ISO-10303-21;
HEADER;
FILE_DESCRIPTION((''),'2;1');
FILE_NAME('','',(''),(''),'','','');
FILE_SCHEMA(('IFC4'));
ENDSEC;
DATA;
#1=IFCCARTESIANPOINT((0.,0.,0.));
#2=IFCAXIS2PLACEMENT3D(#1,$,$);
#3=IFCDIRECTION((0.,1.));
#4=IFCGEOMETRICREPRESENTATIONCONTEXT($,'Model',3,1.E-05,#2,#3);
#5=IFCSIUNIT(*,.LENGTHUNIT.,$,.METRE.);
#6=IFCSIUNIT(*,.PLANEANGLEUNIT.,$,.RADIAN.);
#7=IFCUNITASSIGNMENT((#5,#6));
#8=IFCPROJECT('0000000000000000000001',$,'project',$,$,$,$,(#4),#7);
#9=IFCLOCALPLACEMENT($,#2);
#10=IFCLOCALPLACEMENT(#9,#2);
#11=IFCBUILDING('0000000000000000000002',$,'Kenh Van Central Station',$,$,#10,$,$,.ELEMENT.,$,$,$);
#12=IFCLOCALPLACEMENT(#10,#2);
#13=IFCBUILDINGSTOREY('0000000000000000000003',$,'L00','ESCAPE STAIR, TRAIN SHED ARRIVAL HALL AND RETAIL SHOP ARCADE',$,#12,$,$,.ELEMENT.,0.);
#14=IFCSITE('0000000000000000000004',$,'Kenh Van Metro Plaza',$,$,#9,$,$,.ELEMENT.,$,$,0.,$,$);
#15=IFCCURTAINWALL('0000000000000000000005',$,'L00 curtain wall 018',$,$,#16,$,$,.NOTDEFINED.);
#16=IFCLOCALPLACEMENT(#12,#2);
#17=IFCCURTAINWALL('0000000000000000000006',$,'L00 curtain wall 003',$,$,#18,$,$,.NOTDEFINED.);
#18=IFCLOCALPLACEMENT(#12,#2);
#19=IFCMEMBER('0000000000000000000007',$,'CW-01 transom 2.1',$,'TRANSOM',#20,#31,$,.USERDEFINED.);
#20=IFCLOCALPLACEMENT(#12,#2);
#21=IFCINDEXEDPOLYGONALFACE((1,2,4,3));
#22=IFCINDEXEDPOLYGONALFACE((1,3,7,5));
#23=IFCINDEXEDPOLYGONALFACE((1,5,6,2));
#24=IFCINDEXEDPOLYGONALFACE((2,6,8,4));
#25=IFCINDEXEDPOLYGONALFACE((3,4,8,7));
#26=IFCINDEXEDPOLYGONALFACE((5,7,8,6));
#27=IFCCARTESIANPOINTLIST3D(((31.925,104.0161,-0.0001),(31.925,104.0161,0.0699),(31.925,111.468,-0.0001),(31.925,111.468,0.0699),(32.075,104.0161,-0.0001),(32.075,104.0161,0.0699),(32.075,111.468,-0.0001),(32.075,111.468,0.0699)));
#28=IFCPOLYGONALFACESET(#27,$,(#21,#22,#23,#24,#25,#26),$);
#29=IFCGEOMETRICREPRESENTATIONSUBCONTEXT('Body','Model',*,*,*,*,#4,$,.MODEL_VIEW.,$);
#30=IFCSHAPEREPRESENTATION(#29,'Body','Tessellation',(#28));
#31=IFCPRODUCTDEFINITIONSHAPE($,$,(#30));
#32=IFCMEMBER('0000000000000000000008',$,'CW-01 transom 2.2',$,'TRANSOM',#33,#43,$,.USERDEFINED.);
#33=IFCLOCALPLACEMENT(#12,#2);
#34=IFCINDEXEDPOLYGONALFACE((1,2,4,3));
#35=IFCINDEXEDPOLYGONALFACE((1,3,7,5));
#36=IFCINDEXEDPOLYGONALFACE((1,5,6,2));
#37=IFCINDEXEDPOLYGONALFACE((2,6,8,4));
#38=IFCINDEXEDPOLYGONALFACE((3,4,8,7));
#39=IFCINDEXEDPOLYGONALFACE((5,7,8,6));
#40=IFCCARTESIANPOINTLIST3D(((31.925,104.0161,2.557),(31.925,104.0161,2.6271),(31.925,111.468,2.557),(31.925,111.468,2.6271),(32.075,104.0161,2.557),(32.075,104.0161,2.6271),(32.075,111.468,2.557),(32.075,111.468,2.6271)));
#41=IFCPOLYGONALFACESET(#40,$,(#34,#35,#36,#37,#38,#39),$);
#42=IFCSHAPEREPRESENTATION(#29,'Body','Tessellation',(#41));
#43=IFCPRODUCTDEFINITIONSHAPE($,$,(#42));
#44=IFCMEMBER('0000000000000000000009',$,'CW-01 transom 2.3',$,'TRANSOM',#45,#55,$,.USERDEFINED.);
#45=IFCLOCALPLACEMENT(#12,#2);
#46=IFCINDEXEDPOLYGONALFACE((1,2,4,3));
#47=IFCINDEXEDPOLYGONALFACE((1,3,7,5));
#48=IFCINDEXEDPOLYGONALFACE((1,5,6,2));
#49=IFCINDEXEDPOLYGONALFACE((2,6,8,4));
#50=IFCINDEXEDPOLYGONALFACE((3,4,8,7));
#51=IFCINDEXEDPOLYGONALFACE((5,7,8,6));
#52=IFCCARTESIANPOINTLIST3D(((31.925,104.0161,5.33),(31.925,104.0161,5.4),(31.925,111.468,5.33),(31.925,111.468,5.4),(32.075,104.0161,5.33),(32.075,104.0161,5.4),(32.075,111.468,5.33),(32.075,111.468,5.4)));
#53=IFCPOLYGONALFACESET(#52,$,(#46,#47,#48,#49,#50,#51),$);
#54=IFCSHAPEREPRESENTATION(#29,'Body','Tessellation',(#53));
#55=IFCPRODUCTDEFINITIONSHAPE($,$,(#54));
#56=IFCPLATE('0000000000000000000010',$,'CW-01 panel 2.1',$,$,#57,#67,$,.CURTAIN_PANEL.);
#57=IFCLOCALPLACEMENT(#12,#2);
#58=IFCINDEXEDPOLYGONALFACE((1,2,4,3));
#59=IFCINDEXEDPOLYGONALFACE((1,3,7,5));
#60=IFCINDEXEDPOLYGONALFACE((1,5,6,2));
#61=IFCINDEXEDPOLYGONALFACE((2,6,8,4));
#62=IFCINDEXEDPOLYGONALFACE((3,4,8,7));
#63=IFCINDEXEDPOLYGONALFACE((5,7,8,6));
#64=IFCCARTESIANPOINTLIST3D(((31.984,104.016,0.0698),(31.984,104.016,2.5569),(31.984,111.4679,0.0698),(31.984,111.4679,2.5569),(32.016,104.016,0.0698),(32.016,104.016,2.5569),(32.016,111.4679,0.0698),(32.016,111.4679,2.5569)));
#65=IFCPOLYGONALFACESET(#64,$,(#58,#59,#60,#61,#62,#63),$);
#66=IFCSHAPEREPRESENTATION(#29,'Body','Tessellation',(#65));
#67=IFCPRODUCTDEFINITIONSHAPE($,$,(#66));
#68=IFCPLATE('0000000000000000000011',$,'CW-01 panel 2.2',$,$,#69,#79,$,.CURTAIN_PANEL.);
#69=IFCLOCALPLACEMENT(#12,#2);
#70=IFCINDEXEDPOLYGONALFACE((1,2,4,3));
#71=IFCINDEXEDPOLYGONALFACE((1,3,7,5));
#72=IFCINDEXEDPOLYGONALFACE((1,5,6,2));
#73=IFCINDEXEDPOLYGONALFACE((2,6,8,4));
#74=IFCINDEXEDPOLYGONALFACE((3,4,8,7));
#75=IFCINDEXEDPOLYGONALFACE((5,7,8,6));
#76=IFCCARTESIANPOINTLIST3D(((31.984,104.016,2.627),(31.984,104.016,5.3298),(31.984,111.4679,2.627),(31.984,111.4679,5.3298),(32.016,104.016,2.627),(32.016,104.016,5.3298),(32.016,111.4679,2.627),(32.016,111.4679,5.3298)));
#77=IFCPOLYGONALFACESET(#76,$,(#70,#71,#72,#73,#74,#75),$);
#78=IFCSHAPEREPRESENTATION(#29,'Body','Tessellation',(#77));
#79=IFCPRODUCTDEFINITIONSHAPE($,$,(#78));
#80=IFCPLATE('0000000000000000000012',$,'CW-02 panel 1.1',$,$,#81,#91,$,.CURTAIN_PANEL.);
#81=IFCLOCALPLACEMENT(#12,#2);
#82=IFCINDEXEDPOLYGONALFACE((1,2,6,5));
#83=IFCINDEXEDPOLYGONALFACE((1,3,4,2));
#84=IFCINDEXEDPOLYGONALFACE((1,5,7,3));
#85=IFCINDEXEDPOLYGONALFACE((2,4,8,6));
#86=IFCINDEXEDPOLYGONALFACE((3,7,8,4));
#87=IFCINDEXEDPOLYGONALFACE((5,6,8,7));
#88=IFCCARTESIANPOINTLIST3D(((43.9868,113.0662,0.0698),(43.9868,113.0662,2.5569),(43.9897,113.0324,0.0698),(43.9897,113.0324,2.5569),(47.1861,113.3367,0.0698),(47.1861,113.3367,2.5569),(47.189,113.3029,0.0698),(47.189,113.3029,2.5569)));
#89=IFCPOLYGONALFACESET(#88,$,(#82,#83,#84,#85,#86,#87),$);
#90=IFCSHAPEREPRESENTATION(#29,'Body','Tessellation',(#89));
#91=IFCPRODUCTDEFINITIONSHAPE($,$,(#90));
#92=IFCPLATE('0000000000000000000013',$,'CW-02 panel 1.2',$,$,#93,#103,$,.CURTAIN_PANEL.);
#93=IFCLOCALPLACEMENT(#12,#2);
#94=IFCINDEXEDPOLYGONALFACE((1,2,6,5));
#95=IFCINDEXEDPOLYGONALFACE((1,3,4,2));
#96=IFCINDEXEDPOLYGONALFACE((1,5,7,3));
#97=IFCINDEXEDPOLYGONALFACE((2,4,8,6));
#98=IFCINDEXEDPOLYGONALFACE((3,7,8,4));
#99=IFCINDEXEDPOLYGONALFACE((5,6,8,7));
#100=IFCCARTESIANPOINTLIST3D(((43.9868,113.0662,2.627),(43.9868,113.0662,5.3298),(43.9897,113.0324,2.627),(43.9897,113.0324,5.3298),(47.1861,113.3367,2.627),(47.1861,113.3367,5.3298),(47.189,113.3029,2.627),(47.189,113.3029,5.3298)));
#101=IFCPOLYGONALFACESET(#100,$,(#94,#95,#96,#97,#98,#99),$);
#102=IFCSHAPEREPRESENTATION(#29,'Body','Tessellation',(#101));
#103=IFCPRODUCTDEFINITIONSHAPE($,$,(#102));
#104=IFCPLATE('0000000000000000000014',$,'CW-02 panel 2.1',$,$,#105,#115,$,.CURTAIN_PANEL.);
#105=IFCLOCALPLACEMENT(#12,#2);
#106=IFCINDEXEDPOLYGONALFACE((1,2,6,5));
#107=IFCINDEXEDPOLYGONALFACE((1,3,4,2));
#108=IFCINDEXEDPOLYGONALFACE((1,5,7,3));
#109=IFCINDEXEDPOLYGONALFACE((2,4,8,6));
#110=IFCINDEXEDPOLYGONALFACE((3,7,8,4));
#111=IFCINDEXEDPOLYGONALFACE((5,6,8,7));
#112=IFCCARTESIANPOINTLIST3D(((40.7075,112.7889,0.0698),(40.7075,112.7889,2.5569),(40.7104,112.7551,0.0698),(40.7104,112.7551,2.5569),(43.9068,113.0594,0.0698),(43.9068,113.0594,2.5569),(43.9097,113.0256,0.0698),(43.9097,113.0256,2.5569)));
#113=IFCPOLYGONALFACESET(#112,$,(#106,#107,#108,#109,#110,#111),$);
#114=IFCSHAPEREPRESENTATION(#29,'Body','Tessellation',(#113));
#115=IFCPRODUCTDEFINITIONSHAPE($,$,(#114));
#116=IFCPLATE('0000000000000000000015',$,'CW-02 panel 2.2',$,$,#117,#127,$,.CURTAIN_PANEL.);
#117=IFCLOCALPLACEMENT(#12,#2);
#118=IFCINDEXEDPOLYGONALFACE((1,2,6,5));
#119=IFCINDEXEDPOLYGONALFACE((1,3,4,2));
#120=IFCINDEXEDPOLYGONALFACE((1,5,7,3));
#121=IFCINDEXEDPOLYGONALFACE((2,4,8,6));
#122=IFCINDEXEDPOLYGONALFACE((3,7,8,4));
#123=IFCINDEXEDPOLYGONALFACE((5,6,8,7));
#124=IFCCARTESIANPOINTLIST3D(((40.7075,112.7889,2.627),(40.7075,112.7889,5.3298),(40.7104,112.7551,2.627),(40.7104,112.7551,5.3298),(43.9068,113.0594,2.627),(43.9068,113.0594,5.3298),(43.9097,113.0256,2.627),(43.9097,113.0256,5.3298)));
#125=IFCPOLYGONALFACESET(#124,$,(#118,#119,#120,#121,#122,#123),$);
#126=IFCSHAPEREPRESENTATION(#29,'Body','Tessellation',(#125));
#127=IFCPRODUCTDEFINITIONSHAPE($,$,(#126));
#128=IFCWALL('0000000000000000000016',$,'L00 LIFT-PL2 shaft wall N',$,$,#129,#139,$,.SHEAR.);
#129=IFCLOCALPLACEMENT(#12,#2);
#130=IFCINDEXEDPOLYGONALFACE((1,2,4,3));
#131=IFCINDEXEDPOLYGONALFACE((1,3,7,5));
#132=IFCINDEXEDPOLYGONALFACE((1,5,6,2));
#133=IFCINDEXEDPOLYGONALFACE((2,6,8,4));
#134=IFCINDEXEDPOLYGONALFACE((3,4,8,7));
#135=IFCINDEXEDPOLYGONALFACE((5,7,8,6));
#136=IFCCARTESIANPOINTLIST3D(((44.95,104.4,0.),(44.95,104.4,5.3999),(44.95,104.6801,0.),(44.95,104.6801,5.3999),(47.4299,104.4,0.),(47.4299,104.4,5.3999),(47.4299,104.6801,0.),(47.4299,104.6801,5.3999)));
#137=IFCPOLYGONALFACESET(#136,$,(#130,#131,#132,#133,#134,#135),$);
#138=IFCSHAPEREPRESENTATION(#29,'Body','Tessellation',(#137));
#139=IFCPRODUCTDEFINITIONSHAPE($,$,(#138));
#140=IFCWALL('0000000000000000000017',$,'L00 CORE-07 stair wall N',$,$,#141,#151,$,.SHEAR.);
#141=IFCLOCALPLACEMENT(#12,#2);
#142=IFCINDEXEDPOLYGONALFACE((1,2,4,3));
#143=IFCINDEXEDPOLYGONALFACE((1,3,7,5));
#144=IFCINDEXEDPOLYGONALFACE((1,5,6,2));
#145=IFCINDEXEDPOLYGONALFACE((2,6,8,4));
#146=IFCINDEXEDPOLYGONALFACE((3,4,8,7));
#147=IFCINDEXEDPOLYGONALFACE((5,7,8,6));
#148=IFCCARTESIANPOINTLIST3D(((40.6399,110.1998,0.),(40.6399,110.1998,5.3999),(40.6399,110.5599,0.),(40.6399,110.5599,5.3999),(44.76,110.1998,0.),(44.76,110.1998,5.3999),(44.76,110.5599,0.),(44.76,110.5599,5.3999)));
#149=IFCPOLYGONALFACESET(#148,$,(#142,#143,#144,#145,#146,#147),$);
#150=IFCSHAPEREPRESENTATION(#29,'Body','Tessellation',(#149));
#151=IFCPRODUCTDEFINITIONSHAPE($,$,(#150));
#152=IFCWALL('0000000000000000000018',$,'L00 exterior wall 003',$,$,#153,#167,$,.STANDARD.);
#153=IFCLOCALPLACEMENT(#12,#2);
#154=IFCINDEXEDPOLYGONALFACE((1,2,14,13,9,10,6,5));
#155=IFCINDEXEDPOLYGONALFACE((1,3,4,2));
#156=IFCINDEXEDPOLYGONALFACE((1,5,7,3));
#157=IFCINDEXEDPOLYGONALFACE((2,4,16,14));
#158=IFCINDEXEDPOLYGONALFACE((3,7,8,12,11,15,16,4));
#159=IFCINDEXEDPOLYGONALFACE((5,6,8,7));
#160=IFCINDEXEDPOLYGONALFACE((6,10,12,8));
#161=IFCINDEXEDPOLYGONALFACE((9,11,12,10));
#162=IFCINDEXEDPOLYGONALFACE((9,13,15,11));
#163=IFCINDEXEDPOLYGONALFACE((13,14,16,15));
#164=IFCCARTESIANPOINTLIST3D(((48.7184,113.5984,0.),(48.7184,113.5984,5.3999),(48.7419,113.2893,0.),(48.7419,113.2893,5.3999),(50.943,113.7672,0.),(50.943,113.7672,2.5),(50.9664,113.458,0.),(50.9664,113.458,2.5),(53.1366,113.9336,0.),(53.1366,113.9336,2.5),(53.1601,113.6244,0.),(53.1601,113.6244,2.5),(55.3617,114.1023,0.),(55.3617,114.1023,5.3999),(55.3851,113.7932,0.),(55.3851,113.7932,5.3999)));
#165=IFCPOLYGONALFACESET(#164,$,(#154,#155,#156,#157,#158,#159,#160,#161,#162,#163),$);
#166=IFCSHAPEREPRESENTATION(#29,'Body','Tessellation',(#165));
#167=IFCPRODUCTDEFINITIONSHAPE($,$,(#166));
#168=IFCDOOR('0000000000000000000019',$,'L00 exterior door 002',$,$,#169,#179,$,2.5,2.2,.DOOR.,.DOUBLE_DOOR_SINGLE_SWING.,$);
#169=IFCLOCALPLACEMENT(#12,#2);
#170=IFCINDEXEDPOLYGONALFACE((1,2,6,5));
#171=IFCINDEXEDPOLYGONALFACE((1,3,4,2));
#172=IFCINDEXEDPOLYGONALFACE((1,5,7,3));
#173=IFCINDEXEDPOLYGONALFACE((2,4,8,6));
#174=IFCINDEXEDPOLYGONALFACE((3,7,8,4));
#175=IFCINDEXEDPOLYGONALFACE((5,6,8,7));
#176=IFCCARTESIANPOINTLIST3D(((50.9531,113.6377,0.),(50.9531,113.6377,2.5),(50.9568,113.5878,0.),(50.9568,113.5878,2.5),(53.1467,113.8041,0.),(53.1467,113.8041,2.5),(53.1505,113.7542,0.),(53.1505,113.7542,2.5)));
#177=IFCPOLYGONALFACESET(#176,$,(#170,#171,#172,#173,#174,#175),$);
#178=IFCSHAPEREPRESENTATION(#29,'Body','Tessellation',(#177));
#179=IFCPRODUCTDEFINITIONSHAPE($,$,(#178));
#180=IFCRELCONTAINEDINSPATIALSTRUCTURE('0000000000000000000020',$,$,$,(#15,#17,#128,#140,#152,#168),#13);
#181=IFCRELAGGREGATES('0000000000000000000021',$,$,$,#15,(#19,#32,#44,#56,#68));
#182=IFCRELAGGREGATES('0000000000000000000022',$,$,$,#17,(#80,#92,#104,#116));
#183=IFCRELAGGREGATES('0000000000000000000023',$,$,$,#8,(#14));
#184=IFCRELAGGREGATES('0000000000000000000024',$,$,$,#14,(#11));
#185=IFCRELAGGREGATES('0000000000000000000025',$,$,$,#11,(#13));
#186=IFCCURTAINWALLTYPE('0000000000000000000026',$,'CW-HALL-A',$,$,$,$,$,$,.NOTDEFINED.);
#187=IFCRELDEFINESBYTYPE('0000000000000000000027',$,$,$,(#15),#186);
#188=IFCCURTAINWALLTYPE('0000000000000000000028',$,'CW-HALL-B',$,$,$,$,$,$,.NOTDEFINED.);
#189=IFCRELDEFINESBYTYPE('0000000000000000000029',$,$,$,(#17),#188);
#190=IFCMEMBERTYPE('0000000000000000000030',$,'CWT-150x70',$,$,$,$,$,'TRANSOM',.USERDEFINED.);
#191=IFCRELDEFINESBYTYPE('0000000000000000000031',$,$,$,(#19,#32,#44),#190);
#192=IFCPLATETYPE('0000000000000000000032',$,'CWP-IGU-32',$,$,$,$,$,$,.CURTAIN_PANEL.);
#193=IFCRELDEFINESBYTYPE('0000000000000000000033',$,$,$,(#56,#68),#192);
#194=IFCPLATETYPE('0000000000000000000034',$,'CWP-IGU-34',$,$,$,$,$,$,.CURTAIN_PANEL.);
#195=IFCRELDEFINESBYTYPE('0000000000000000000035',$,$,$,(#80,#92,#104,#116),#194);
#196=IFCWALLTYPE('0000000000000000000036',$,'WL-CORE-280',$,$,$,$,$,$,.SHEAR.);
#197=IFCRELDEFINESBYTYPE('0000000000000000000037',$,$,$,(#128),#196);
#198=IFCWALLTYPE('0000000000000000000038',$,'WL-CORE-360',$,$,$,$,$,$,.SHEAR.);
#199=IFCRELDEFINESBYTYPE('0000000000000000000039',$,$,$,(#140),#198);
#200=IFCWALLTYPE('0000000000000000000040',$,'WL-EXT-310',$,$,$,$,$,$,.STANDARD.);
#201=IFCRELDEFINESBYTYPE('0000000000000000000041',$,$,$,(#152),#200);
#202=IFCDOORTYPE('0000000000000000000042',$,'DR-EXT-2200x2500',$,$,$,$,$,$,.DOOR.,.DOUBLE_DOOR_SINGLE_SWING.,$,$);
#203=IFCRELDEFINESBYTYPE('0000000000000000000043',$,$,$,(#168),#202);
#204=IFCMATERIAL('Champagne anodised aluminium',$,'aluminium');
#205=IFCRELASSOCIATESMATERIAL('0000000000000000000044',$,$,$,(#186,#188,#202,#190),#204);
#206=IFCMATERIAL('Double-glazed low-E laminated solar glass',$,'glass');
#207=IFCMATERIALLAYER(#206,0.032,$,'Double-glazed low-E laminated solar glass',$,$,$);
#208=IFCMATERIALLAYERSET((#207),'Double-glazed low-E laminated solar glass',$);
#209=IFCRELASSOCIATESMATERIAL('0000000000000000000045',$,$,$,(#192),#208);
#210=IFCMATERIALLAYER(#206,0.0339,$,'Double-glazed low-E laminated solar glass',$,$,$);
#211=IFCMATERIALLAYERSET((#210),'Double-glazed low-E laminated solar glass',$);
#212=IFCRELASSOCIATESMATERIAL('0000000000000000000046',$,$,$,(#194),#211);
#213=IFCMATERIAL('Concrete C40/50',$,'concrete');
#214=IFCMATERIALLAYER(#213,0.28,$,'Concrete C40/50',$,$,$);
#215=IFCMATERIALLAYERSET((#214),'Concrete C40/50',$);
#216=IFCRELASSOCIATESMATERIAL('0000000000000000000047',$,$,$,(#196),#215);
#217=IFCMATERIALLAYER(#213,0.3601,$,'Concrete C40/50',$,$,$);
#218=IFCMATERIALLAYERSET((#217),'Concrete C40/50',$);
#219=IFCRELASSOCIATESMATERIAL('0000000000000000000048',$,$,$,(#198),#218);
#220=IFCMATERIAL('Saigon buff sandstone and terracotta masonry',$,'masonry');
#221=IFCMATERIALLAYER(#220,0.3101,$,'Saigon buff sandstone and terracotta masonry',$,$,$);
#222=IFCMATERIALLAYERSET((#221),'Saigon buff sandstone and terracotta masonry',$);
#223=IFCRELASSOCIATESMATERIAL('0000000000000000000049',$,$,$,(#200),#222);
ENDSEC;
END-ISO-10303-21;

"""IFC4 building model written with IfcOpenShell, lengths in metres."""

from ifc_helpers import new_model, si_unit, direction, frame, frame_2d, origin, origin_2d, place, context, subcontext, project, spatial, rectangle, extrude, material, layer, layer_set, material_profile, profile_set, type_object, element, fill, aggregate, save


model = new_model("IFC4")

# Units and contexts
model_context = context("Model", 3, precision=1e-05, world=origin(), true_north=direction((0.0, 1.0)))
body_context = subcontext(model_context, "Body", "Model", "MODEL_VIEW")
ifc_project = project(units=[si_unit("LENGTHUNIT", "METRE"), si_unit("PLANEANGLEUNIT", "RADIAN")], contexts=[model_context])

# Site, building, storey
site_placement = place(None, origin())
site = spatial("IfcSite", under=ifc_project, at=site_placement, Name="Kenh Van Metro Plaza", CompositionType="ELEMENT", RefElevation=0.0)
building_placement = place(site_placement, origin())
building = spatial("IfcBuilding", under=site, at=building_placement, Name="Kenh Van Central Station", CompositionType="ELEMENT")
storey_placement = place(building_placement, origin())
storey = spatial("IfcBuildingStorey", under=building, at=storey_placement, Name="L00", Description="ESCAPE STAIR, TRAIN SHED ARRIVAL HALL AND RETAIL SHOP ARCADE", CompositionType="ELEMENT", Elevation=0.0)

# Shared definitions
ifc_material_1 = material(Name="Concrete C40/50", Category="concrete")

# Curtain walls
ifc_material_2 = material(Name="Champagne anodised aluminium", Category="aluminium")
curtain_wall_type_1 = type_object("IfcCurtainWallType", Name="CW-HALL-A", PredefinedType="NOTDEFINED", material=ifc_material_2)
curtain_wall_1_placement = place(storey_placement, origin())
curtain_wall_1 = element("IfcCurtainWall", 1, at=curtain_wall_1_placement, inside=storey, type_object=curtain_wall_type_1, Name="L00 curtain wall 018", PredefinedType="NOTDEFINED")
curtain_wall_type_2 = type_object("IfcCurtainWallType", Name="CW-HALL-B", PredefinedType="NOTDEFINED", material=ifc_material_2)
curtain_wall_2_placement = place(storey_placement, origin())
curtain_wall_2 = element("IfcCurtainWall", 2, at=curtain_wall_2_placement, inside=storey, type_object=curtain_wall_type_2, Name="L00 curtain wall 003", PredefinedType="NOTDEFINED")
ifc_material_profile_1 = material_profile(ifc_material_2, rectangle(XDim=0.1499, YDim=0.0701, at=origin_2d()), Name="AL 150x70")
ifc_profile_set_1 = profile_set([ifc_material_profile_1], Name="Champagne anodised aluminium")
member_type_1 = type_object("IfcMemberType", Name="CWT-150x70", ElementType="TRANSOM", PredefinedType="USERDEFINED", material=ifc_profile_set_1)

# Members
member_1_placement = place(storey_placement, frame((32.0, 104.0161, 0.0349), z_axis=(0.0, 1.0, 0.0), x_axis=(-1.0, 0.0, 0.0)))
member_1 = element("IfcMember", 3, at=member_1_placement, type_object=member_type_1, Name="CW-01 transom 2.1", ObjectType="TRANSOM", PredefinedType="USERDEFINED", context=body_context, shape_type="SweptSolid", body=[
    extrude(rectangle(XDim=0.1499, YDim=0.0701, at=origin_2d()), origin(), (0.0, 0.0, 1.0), 7.4519),
])
member_2_placement = place(storey_placement, frame((32.0, 104.0161, 2.592), z_axis=(0.0, 1.0, 0.0), x_axis=(-1.0, 0.0, 0.0)))
member_2 = element("IfcMember", 4, at=member_2_placement, type_object=member_type_1, Name="CW-01 transom 2.2", ObjectType="TRANSOM", PredefinedType="USERDEFINED", context=body_context, shape_type="SweptSolid", body=[
    extrude(rectangle(XDim=0.1499, YDim=0.0701, at=origin_2d()), origin(), (0.0, 0.0, 1.0), 7.4519),
])
member_3_placement = place(storey_placement, frame((32.0, 104.0161, 5.365), z_axis=(0.0, 1.0, 0.0), x_axis=(-1.0, 0.0, 0.0)))
member_3 = element("IfcMember", 5, at=member_3_placement, type_object=member_type_1, Name="CW-01 transom 2.3", ObjectType="TRANSOM", PredefinedType="USERDEFINED", context=body_context, shape_type="SweptSolid", body=[
    extrude(rectangle(XDim=0.1499, YDim=0.0701, at=origin_2d()), origin(), (0.0, 0.0, 1.0), 7.4519),
])

# Plates
ifc_material_3 = material(Name="Double-glazed low-E laminated solar glass", Category="glass")
ifc_layer_1 = layer(ifc_material_3, 0.032, Name="Double-glazed low-E laminated solar glass")
ifc_layer_set_1 = layer_set([ifc_layer_1], Name="Double-glazed low-E laminated solar glass")
plate_type_1 = type_object("IfcPlateType", Name="CWP-IGU-32", PredefinedType="CURTAIN_PANEL", material=ifc_layer_set_1)
plate_1_placement = place(storey_placement, frame((32.0, 107.7419, 0.0698), z_axis=(0.0, 0.0, 1.0), x_axis=(0.0, 1.0, 0.0)))
plate_1 = element("IfcPlate", 6, at=plate_1_placement, type_object=plate_type_1, Name="CW-01 panel 2.1", PredefinedType="CURTAIN_PANEL", context=body_context, shape_type="SweptSolid", body=[
    extrude(rectangle(XDim=7.4519, YDim=0.032, at=origin_2d()), origin(), (0.0, 0.0, 1.0), 2.4871),
])
plate_2_placement = place(storey_placement, frame((32.0, 107.7419, 2.627), z_axis=(0.0, 0.0, 1.0), x_axis=(0.0, 1.0, 0.0)))
plate_2 = element("IfcPlate", 7, at=plate_2_placement, type_object=plate_type_1, Name="CW-01 panel 2.2", PredefinedType="CURTAIN_PANEL", context=body_context, shape_type="SweptSolid", body=[
    extrude(rectangle(XDim=7.4519, YDim=0.032, at=origin_2d()), origin(), (0.0, 0.0, 1.0), 2.7029),
])
aggregate(curtain_wall_1, [member_1, member_2, member_3, plate_1, plate_2])
ifc_layer_2 = layer(ifc_material_3, 0.0339, Name="Double-glazed low-E laminated solar glass")
ifc_layer_set_2 = layer_set([ifc_layer_2], Name="Double-glazed low-E laminated solar glass")
plate_type_2 = type_object("IfcPlateType", Name="CWP-IGU-34", PredefinedType="CURTAIN_PANEL", material=ifc_layer_set_2)
plate_3_placement = place(storey_placement, frame((45.5879, 113.1846, 0.0698), z_axis=(0.0, 0.0, 1.0), x_axis=(-0.996445, -0.084244, 0.0)))
plate_3 = element("IfcPlate", 8, at=plate_3_placement, type_object=plate_type_2, Name="CW-02 panel 1.1", PredefinedType="CURTAIN_PANEL", context=body_context, shape_type="SweptSolid", body=[
    extrude(rectangle(XDim=3.2107, YDim=0.0339, at=origin_2d()), origin(), (0.0, 0.0, 1.0), 2.4871),
])
plate_4_placement = place(storey_placement, frame((45.5879, 113.1846, 2.627), z_axis=(0.0, 0.0, 1.0), x_axis=(-0.996445, -0.084244, 0.0)))
plate_4 = element("IfcPlate", 9, at=plate_4_placement, type_object=plate_type_2, Name="CW-02 panel 1.2", PredefinedType="CURTAIN_PANEL", context=body_context, shape_type="SweptSolid", body=[
    extrude(rectangle(XDim=3.2107, YDim=0.0339, at=origin_2d()), origin(), (0.0, 0.0, 1.0), 2.7029),
])
plate_5_placement = place(storey_placement, frame((42.3086, 112.9072, 0.0698), z_axis=(0.0, 0.0, 1.0), x_axis=(-0.996445, -0.084244, 0.0)))
plate_5 = element("IfcPlate", 10, at=plate_5_placement, type_object=plate_type_2, Name="CW-02 panel 2.1", PredefinedType="CURTAIN_PANEL", context=body_context, shape_type="SweptSolid", body=[
    extrude(rectangle(XDim=3.2107, YDim=0.0339, at=origin_2d()), origin(), (0.0, 0.0, 1.0), 2.4871),
])
plate_6_placement = place(storey_placement, frame((42.3086, 112.9072, 2.627), z_axis=(0.0, 0.0, 1.0), x_axis=(-0.996445, -0.084244, 0.0)))
plate_6 = element("IfcPlate", 11, at=plate_6_placement, type_object=plate_type_2, Name="CW-02 panel 2.2", PredefinedType="CURTAIN_PANEL", context=body_context, shape_type="SweptSolid", body=[
    extrude(rectangle(XDim=3.2107, YDim=0.0339, at=origin_2d()), origin(), (0.0, 0.0, 1.0), 2.7029),
])
aggregate(curtain_wall_2, [plate_3, plate_4, plate_5, plate_6])

# Walls
ifc_layer_3 = layer(ifc_material_1, 0.28, Name="Concrete C40/50")
ifc_layer_set_3 = layer_set([ifc_layer_3], Name="Concrete C40/50")
wall_type_1 = type_object("IfcWallType", Name="WL-CORE-280", PredefinedType="SHEAR", material=ifc_layer_set_3)
wall_1_placement = place(storey_placement, frame((44.95, 104.54, 0.0), z_axis=(0.0, 0.0, 1.0), x_axis=(1.0, 0.0, 0.0)))
element("IfcWall", 12, at=wall_1_placement, inside=storey, type_object=wall_type_1, Name="L00 LIFT-PL2 shaft wall N", PredefinedType="SHEAR", context=body_context, shape_type="SweptSolid", body=[
    extrude(rectangle(XDim=2.48, YDim=0.28, at=frame_2d((1.24, 0.0))), origin(), (0.0, 0.0, 1.0), 5.3999),
])
ifc_layer_4 = layer(ifc_material_1, 0.3601, Name="Concrete C40/50")
ifc_layer_set_4 = layer_set([ifc_layer_4], Name="Concrete C40/50")
wall_type_2 = type_object("IfcWallType", Name="WL-CORE-360", PredefinedType="SHEAR", material=ifc_layer_set_4)
wall_2_placement = place(storey_placement, frame((40.6399, 110.3799, 0.0), z_axis=(0.0, 0.0, 1.0), x_axis=(1.0, 0.0, 0.0)))
element("IfcWall", 13, at=wall_2_placement, inside=storey, type_object=wall_type_2, Name="L00 CORE-07 stair wall N", PredefinedType="SHEAR", context=body_context, shape_type="SweptSolid", body=[
    extrude(rectangle(XDim=4.1201, YDim=0.3601, at=frame_2d((2.0601, 0.0))), origin(), (0.0, 0.0, 1.0), 5.3999),
])

# Wall, opening, door
ifc_material_4 = material(Name="Saigon buff sandstone and terracotta masonry", Category="masonry")
ifc_layer_5 = layer(ifc_material_4, 0.3101, Name="Saigon buff sandstone and terracotta masonry")
ifc_layer_set_5 = layer_set([ifc_layer_5], Name="Saigon buff sandstone and terracotta masonry")
wall_type_3 = type_object("IfcWallType", Name="WL-EXT-310", PredefinedType="STANDARD", material=ifc_layer_set_5)
wall_3_placement = place(storey_placement, frame((55.3733, 113.9478, 0.0), z_axis=(0.0, 0.0, 1.0), x_axis=(-0.997136, -0.075634, 0.0)))
wall_3 = element("IfcWall", 14, at=wall_3_placement, inside=storey, type_object=wall_type_3, Name="L00 exterior wall 003", PredefinedType="STANDARD", context=body_context, shape_type="SweptSolid", body=[
    extrude(rectangle(XDim=6.6624, YDim=0.3101, at=frame_2d((3.3311, 0.0))), origin(), (0.0, 0.0, 1.0), 5.3999),
])
opening_1_placement = place(wall_3_placement, frame((2.2312, 0.0, 0.0)))
opening_1 = element("IfcOpeningElement", 15, at=opening_1_placement, cuts=wall_3, PredefinedType="OPENING", context=body_context, shape_type="SweptSolid", body=[
    extrude(rectangle(XDim=2.2, YDim=2.5, at=frame_2d((1.1001, 1.25))), frame((0.0, 0.165, 0.0), z_axis=(0.0, -1.0, 0.0), x_axis=(1.0, 0.0, 0.0)), (0.0, 0.0, 1.0), 0.3301),
])
door_type = type_object("IfcDoorType", Name="DR-EXT-2200x2500", OperationType="DOUBLE_DOOR_SINGLE_SWING", PredefinedType="DOOR", material=ifc_material_2)
door_placement = place(opening_1_placement, frame((2.2, 0.0, 0.0), z_axis=(0.0, 0.0, 1.0), x_axis=(-1.0, 0.0, 0.0)))
door = element("IfcDoor", 16, at=door_placement, inside=storey, type_object=door_type, Name="L00 exterior door 002", OperationType="DOUBLE_DOOR_SINGLE_SWING", OverallHeight=2.5, OverallWidth=2.2, PredefinedType="DOOR", context=body_context, shape_type="SweptSolid", body=[
    extrude(rectangle(XDim=2.2, YDim=2.5, at=frame_2d((-1.1001, 1.25))), frame((0.0, -0.0249, 0.0), z_axis=(0.0, 1.0, 0.0), x_axis=(-1.0, 0.0, 0.0)), (0.0, 0.0, 1.0), 0.05),
])
fill(opening_1, door)

save(model, "model.ifc")
